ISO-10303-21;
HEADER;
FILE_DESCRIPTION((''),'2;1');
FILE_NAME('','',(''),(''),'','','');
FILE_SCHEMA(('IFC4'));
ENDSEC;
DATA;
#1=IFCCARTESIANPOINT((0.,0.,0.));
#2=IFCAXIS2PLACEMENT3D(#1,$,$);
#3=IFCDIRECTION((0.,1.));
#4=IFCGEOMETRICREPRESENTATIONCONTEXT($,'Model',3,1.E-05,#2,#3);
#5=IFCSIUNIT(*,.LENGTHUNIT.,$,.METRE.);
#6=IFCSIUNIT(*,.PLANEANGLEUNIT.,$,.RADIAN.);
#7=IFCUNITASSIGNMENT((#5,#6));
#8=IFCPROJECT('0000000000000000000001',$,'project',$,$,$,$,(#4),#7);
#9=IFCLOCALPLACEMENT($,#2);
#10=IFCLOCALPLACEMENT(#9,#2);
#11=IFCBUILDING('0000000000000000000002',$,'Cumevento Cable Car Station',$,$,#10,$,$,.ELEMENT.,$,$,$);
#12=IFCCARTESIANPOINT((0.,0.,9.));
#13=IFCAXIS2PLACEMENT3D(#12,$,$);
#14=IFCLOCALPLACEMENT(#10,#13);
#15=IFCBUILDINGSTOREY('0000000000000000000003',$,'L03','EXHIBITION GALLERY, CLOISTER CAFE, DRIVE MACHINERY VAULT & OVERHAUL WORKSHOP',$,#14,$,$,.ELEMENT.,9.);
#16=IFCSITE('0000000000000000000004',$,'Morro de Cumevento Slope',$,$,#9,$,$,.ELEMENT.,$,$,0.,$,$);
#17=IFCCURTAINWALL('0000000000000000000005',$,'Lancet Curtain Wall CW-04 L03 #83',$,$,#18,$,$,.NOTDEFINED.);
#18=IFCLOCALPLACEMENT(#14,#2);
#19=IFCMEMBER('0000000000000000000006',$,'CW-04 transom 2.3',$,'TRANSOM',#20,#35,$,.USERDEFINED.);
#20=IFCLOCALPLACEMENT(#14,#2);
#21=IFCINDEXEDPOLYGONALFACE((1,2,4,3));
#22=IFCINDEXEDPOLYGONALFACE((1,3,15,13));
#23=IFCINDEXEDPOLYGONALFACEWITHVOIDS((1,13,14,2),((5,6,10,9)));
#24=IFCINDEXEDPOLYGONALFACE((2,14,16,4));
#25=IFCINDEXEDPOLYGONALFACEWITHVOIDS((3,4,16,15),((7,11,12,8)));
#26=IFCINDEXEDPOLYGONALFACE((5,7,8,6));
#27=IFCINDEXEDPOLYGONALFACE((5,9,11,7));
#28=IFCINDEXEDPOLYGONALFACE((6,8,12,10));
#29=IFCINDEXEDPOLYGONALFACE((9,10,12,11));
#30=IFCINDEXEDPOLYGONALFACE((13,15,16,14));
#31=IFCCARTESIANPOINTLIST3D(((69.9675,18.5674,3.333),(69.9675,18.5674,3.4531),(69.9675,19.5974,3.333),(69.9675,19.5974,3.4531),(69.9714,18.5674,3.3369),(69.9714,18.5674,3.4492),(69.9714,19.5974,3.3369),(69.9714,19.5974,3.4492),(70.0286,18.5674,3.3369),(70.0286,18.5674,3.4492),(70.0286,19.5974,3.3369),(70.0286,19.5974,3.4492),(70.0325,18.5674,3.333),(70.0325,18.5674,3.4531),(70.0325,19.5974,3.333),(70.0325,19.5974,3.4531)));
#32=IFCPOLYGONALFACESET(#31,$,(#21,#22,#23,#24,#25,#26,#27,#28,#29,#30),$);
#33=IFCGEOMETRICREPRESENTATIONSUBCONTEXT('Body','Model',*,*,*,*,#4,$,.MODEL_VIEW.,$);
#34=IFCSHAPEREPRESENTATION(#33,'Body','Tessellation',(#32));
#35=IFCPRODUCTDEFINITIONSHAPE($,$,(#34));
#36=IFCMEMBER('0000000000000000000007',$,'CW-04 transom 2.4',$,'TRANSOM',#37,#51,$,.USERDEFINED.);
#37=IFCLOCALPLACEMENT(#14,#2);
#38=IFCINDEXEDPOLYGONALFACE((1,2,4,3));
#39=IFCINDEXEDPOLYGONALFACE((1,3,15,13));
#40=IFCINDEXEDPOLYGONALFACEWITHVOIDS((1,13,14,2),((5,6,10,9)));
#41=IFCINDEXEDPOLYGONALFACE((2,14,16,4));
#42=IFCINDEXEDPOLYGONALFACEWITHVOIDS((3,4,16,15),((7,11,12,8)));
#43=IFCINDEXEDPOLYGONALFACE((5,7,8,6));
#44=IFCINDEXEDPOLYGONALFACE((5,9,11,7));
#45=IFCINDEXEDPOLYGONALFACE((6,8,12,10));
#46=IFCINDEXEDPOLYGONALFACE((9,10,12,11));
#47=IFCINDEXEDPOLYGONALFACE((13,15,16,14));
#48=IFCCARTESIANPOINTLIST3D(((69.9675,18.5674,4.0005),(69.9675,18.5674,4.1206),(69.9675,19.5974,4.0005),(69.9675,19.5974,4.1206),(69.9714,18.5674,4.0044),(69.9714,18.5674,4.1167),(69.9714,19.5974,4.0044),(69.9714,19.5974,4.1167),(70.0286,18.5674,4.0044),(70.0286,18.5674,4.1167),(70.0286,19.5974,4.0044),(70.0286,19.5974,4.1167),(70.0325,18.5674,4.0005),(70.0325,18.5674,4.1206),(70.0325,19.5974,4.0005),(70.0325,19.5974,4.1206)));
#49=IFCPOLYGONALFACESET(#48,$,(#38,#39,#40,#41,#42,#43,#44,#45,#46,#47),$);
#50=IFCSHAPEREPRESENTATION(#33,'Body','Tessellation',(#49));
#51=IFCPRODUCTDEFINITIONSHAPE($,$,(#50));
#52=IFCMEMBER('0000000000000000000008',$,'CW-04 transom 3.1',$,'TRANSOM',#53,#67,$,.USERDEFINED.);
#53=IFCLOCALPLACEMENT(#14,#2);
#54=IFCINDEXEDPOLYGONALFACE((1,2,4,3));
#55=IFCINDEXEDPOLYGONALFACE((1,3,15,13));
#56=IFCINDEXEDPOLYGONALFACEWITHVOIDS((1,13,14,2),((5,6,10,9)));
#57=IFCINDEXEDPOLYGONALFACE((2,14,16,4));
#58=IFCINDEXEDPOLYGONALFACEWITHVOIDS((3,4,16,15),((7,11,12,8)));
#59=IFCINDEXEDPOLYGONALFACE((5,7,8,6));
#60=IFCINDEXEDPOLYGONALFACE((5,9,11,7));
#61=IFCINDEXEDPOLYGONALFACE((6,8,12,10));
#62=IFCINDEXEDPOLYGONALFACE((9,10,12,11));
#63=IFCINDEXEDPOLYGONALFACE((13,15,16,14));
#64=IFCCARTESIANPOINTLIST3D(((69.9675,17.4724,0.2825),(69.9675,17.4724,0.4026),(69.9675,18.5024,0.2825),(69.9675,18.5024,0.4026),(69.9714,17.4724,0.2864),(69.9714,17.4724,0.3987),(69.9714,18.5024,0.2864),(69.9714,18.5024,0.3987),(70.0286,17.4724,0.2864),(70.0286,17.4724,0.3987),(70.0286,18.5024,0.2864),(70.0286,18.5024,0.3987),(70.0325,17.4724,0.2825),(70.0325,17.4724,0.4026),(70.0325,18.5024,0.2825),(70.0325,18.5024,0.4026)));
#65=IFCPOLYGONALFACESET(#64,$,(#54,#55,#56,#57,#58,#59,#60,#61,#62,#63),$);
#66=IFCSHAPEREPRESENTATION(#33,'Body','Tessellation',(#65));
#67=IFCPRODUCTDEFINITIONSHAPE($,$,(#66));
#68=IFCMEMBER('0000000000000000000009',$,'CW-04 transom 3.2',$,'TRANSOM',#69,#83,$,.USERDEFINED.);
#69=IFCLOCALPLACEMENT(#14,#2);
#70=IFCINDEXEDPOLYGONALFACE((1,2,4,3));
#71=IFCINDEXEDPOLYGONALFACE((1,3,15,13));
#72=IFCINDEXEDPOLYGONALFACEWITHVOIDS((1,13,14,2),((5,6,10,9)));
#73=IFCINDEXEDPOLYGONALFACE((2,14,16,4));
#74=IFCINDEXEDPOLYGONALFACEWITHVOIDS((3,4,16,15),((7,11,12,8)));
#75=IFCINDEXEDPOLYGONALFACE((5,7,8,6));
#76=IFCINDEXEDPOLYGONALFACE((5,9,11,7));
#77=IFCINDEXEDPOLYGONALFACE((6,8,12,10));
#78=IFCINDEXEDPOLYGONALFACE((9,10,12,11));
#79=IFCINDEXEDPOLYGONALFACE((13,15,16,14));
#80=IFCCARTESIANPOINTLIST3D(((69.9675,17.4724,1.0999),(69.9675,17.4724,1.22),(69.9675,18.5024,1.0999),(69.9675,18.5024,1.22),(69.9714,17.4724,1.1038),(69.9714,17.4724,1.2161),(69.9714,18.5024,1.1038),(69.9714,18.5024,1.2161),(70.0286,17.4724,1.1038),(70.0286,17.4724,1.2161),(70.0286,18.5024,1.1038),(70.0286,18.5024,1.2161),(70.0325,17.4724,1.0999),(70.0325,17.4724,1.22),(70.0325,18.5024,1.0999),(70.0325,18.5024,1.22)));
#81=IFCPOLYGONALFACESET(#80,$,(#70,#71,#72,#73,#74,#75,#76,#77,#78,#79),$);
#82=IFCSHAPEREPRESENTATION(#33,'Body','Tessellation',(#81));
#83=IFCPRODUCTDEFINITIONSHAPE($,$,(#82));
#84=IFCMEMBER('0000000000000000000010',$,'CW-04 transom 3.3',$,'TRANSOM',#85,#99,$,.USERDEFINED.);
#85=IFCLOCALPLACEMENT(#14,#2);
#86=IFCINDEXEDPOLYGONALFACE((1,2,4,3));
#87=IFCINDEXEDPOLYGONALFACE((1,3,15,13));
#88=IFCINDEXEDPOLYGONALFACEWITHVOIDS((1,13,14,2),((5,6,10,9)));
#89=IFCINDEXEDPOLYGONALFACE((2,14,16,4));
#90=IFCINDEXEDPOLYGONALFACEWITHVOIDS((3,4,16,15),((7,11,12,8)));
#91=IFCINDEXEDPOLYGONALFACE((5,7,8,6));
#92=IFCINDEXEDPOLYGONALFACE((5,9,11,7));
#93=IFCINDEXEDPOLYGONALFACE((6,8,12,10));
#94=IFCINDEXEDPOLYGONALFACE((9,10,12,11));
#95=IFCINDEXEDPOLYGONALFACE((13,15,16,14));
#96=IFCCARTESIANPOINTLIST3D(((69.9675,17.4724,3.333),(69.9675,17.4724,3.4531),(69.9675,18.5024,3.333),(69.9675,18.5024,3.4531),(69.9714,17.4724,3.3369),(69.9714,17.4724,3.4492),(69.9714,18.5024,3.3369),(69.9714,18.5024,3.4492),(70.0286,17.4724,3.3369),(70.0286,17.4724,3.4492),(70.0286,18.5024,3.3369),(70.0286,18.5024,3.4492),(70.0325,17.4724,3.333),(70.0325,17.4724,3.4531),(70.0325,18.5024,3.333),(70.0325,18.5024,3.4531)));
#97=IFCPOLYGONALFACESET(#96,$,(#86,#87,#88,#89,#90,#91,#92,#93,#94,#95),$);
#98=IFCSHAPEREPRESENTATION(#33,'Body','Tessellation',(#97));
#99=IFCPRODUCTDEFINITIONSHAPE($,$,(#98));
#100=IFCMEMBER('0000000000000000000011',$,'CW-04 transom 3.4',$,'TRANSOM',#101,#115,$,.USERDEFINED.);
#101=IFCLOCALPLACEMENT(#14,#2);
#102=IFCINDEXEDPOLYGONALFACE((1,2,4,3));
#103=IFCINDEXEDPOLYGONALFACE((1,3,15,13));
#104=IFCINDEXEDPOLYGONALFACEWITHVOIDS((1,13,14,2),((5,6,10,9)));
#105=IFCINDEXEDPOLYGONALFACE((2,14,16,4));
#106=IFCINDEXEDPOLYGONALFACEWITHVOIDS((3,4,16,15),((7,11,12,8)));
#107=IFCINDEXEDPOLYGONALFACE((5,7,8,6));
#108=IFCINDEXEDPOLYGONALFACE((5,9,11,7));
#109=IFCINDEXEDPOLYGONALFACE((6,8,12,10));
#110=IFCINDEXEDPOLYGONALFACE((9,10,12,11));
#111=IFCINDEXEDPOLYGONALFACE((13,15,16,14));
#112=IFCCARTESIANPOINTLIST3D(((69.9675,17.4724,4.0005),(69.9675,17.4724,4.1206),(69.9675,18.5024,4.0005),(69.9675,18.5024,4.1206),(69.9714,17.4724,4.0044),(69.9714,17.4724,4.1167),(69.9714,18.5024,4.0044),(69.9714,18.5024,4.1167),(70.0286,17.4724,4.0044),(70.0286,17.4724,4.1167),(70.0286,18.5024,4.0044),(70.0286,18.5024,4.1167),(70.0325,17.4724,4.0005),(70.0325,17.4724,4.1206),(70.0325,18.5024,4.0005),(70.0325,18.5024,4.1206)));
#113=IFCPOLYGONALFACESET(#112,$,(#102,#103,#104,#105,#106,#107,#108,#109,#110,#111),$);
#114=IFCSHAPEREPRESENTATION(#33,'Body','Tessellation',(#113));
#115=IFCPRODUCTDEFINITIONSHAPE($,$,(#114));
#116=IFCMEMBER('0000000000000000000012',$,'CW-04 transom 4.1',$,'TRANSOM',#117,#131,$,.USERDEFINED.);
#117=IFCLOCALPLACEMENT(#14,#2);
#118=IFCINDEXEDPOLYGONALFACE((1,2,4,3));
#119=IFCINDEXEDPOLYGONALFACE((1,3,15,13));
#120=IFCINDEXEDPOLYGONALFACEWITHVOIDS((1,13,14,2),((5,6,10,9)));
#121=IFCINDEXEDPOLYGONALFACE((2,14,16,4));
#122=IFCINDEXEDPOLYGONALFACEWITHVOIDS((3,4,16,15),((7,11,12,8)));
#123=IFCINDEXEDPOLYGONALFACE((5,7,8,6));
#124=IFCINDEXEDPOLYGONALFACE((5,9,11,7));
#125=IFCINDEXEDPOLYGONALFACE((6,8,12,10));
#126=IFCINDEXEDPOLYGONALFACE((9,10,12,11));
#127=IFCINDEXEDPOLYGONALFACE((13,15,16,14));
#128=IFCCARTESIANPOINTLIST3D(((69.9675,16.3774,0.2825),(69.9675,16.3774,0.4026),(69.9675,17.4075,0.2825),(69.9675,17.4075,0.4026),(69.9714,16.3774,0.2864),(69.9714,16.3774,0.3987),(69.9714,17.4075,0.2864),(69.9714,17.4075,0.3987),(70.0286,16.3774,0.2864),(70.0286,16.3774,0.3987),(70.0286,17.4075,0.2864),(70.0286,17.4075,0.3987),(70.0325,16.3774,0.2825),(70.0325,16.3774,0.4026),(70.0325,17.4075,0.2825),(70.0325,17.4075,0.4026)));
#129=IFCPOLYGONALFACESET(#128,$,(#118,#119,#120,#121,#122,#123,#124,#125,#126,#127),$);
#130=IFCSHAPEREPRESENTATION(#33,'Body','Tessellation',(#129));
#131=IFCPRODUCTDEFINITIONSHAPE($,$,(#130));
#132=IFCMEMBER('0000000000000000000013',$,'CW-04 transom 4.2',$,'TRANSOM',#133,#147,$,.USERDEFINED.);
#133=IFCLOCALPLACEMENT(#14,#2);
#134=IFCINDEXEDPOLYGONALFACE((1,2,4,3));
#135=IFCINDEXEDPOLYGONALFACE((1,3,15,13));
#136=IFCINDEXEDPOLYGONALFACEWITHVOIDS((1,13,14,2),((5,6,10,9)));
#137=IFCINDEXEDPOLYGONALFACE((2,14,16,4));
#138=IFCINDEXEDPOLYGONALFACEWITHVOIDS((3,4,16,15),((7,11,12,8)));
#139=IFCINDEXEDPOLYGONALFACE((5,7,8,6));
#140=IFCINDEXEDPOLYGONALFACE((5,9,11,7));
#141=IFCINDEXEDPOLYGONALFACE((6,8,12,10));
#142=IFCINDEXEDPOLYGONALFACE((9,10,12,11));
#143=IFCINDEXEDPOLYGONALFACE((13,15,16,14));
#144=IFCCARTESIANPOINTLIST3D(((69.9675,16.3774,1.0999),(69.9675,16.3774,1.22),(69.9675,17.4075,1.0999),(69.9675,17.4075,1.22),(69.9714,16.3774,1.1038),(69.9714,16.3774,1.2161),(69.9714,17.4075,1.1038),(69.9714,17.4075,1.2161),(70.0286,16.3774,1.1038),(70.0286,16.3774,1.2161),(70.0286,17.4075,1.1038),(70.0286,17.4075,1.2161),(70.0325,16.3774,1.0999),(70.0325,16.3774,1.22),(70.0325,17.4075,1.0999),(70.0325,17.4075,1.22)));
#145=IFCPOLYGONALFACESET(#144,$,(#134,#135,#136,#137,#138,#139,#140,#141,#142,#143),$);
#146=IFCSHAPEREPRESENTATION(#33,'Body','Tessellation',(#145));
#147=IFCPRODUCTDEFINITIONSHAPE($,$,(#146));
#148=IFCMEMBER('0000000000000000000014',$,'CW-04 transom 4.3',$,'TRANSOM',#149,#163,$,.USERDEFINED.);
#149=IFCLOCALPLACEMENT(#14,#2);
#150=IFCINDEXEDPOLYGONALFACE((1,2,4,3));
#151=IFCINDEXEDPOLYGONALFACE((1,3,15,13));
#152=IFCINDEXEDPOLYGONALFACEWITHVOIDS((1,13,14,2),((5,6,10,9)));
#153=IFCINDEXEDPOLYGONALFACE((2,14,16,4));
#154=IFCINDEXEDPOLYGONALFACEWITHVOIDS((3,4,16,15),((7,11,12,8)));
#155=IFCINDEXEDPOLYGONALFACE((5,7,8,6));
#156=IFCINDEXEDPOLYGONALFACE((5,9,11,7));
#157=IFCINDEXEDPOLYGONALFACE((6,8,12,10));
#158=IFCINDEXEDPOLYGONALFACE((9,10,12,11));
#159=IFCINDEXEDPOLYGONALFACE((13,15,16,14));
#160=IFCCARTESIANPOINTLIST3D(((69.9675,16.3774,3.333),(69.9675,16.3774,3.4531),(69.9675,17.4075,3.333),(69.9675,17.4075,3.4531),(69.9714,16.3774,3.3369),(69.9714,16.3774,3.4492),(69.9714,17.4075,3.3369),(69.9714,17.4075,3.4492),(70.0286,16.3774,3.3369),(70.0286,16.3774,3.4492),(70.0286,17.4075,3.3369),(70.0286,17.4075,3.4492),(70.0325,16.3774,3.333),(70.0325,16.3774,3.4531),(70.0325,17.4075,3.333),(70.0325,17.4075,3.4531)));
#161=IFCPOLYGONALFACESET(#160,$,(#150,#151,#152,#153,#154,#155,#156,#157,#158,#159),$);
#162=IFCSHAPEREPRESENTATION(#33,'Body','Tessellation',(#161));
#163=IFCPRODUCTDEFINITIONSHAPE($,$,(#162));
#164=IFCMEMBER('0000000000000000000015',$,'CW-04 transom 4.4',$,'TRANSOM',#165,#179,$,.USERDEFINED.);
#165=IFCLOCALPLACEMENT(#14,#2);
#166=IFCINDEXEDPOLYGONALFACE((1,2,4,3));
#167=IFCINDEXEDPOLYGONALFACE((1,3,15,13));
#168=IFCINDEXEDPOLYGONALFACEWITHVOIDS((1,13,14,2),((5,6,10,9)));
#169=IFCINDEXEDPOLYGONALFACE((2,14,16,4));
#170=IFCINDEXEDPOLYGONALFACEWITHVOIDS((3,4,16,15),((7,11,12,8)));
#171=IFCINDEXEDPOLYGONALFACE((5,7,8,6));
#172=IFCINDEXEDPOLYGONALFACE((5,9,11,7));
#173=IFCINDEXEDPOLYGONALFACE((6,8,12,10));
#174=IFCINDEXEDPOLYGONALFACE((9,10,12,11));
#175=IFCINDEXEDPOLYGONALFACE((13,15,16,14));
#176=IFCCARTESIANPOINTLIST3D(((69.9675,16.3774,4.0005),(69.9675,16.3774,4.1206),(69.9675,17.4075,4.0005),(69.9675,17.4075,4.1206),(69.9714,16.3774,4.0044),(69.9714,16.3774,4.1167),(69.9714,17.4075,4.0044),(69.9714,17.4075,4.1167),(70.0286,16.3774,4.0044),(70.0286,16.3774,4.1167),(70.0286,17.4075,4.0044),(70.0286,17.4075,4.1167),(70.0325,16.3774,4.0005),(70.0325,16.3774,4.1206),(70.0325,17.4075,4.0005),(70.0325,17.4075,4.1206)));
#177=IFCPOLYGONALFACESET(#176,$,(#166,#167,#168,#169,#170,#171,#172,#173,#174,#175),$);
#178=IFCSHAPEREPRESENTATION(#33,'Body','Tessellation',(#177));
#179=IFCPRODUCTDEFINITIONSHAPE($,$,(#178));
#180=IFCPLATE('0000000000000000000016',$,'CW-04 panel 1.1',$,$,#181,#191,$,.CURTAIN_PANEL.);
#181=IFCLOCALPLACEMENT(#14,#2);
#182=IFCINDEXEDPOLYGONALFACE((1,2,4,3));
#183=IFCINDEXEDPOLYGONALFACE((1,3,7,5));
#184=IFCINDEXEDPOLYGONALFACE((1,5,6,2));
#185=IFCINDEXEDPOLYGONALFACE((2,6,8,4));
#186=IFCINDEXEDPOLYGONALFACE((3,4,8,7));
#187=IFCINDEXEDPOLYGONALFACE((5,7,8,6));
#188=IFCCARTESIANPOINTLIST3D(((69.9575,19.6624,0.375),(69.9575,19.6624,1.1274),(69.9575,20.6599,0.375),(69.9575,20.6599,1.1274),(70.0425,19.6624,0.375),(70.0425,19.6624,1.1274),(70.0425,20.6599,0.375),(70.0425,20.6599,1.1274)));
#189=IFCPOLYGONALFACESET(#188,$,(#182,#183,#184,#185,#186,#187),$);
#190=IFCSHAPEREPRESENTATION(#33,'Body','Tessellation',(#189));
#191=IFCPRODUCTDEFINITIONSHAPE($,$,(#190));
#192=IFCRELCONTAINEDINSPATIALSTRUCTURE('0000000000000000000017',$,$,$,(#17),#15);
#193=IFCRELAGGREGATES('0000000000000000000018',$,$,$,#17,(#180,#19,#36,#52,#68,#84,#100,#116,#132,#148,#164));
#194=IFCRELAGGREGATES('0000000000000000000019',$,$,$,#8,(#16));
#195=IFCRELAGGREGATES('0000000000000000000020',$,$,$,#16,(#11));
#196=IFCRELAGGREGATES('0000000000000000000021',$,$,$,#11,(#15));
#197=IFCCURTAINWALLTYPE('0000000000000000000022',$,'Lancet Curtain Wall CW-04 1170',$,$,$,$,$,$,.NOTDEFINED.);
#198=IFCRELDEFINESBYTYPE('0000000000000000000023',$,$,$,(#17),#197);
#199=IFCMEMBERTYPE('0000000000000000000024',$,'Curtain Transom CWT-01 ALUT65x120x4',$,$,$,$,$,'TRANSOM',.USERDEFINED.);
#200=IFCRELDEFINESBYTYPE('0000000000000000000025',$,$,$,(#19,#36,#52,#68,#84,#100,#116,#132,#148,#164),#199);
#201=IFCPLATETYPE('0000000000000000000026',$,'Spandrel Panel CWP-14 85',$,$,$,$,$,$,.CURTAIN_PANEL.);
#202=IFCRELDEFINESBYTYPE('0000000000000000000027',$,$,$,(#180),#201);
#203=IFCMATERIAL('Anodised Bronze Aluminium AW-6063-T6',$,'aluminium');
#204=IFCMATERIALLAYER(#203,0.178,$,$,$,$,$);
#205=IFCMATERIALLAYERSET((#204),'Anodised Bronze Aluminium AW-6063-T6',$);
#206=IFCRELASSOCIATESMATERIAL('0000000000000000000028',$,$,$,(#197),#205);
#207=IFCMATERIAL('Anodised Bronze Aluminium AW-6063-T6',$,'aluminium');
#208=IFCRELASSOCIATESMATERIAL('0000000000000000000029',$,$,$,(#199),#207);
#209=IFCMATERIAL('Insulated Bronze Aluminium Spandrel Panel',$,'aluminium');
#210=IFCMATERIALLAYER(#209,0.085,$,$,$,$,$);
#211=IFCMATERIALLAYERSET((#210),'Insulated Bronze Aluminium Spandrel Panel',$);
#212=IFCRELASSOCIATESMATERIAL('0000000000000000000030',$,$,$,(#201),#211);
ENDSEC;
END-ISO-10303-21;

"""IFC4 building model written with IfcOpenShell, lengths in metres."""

from ifc_helpers import new_model, si_unit, direction, frame, origin, origin_2d, place, context, subcontext, project, spatial, rectangle, hollow_rectangle, extrude, material, layer, layer_set, material_profile, profile_set, type_object, element, aggregate, save


model = new_model("IFC4")

# Units and contexts
model_context = context("Model", 3, precision=1e-05, world=origin(), true_north=direction((0.0, 1.0)))
body_context = subcontext(model_context, "Body", "Model", "MODEL_VIEW")
ifc_project = project(units=[si_unit("LENGTHUNIT", "METRE"), si_unit("PLANEANGLEUNIT", "RADIAN")], contexts=[model_context])

# Site, building, storey
site_placement = place(None, origin())
site = spatial("IfcSite", under=ifc_project, at=site_placement, Name="Morro de Cumevento Slope", CompositionType="ELEMENT", RefElevation=0.0)
building_placement = place(site_placement, origin())
building = spatial("IfcBuilding", under=site, at=building_placement, Name="Cumevento Cable Car Station", CompositionType="ELEMENT")
storey_placement = place(building_placement, frame((0.0, 0.0, 9.0)))
storey = spatial("IfcBuildingStorey", under=building, at=storey_placement, Name="L03", Description="EXHIBITION GALLERY, CLOISTER CAFE, DRIVE MACHINERY VAULT & OVERHAUL WORKSHOP", CompositionType="ELEMENT", Elevation=9.0)

# Curtain wall, members, plate
ifc_material_1 = material(Name="Anodised Bronze Aluminium AW-6063-T6", Category="aluminium")
ifc_layer_1 = layer(ifc_material_1, 0.178)
ifc_layer_set_1 = layer_set([ifc_layer_1], Name="Anodised Bronze Aluminium AW-6063-T6")
curtain_wall_type = type_object("IfcCurtainWallType", Name="Lancet Curtain Wall CW-04 1170", PredefinedType="NOTDEFINED", material=ifc_layer_set_1)
curtain_wall_placement = place(storey_placement, origin())
curtain_wall = element("IfcCurtainWall", 1, at=curtain_wall_placement, inside=storey, type_object=curtain_wall_type, Name="Lancet Curtain Wall CW-04 L03 #83", PredefinedType="NOTDEFINED")
ifc_material_2 = material(Name="Anodised Bronze Aluminium AW-6063-T6", Category="aluminium")
ifc_material_profile_1 = material_profile(ifc_material_2, hollow_rectangle(XDim=0.0649, YDim=0.1201, WallThickness=0.0039, at=origin_2d()), Name="ALUT65x120x4")
ifc_profile_set_1 = profile_set([ifc_material_profile_1], Name="Anodised Bronze Aluminium AW-6063-T6")
member_type_1 = type_object("IfcMemberType", Name="Curtain Transom CWT-01 ALUT65x120x4", ElementType="TRANSOM", PredefinedType="USERDEFINED", material=ifc_profile_set_1)
member_1_placement = place(storey_placement, frame((70.0, 19.5974, 3.3931), z_axis=(0.0, -1.0, 0.0), x_axis=(1.0, 0.0, 0.0)))
member_1 = element("IfcMember", 2, at=member_1_placement, type_object=member_type_1, Name="CW-04 transom 2.3", ObjectType="TRANSOM", PredefinedType="USERDEFINED", context=body_context, shape_type="SweptSolid", body=[
    extrude(hollow_rectangle(XDim=0.0649, YDim=0.1201, WallThickness=0.0039, at=origin_2d()), origin(), (0.0, 0.0, 1.0), 1.03),
])
member_2_placement = place(storey_placement, frame((70.0, 19.5974, 4.0605), z_axis=(0.0, -1.0, 0.0), x_axis=(1.0, 0.0, 0.0)))
member_2 = element("IfcMember", 3, at=member_2_placement, type_object=member_type_1, Name="CW-04 transom 2.4", ObjectType="TRANSOM", PredefinedType="USERDEFINED", context=body_context, shape_type="SweptSolid", body=[
    extrude(hollow_rectangle(XDim=0.0649, YDim=0.1201, WallThickness=0.0039, at=origin_2d()), origin(), (0.0, 0.0, 1.0), 1.03),
])
member_3_placement = place(storey_placement, frame((70.0, 18.5024, 0.3425), z_axis=(0.0, -1.0, 0.0), x_axis=(1.0, 0.0, 0.0)))
member_3 = element("IfcMember", 4, at=member_3_placement, type_object=member_type_1, Name="CW-04 transom 3.1", ObjectType="TRANSOM", PredefinedType="USERDEFINED", context=body_context, shape_type="SweptSolid", body=[
    extrude(hollow_rectangle(XDim=0.0649, YDim=0.1201, WallThickness=0.0039, at=origin_2d()), origin(), (0.0, 0.0, 1.0), 1.03),
])
member_4_placement = place(storey_placement, frame((70.0, 18.5024, 1.1599), z_axis=(0.0, -1.0, 0.0), x_axis=(1.0, 0.0, 0.0)))
member_4 = element("IfcMember", 5, at=member_4_placement, type_object=member_type_1, Name="CW-04 transom 3.2", ObjectType="TRANSOM", PredefinedType="USERDEFINED", context=body_context, shape_type="SweptSolid", body=[
    extrude(hollow_rectangle(XDim=0.0649, YDim=0.1201, WallThickness=0.0039, at=origin_2d()), origin(), (0.0, 0.0, 1.0), 1.03),
])
member_5_placement = place(storey_placement, frame((70.0, 18.5024, 3.3931), z_axis=(0.0, -1.0, 0.0), x_axis=(1.0, 0.0, 0.0)))
member_5 = element("IfcMember", 6, at=member_5_placement, type_object=member_type_1, Name="CW-04 transom 3.3", ObjectType="TRANSOM", PredefinedType="USERDEFINED", context=body_context, shape_type="SweptSolid", body=[
    extrude(hollow_rectangle(XDim=0.0649, YDim=0.1201, WallThickness=0.0039, at=origin_2d()), origin(), (0.0, 0.0, 1.0), 1.03),
])
member_6_placement = place(storey_placement, frame((70.0, 18.5024, 4.0605), z_axis=(0.0, -1.0, 0.0), x_axis=(1.0, 0.0, 0.0)))
member_6 = element("IfcMember", 7, at=member_6_placement, type_object=member_type_1, Name="CW-04 transom 3.4", ObjectType="TRANSOM", PredefinedType="USERDEFINED", context=body_context, shape_type="SweptSolid", body=[
    extrude(hollow_rectangle(XDim=0.0649, YDim=0.1201, WallThickness=0.0039, at=origin_2d()), origin(), (0.0, 0.0, 1.0), 1.03),
])
member_7_placement = place(storey_placement, frame((70.0, 17.4075, 0.3425), z_axis=(0.0, -1.0, 0.0), x_axis=(1.0, 0.0, 0.0)))
member_7 = element("IfcMember", 8, at=member_7_placement, type_object=member_type_1, Name="CW-04 transom 4.1", ObjectType="TRANSOM", PredefinedType="USERDEFINED", context=body_context, shape_type="SweptSolid", body=[
    extrude(hollow_rectangle(XDim=0.0649, YDim=0.1201, WallThickness=0.0039, at=origin_2d()), origin(), (0.0, 0.0, 1.0), 1.03),
])
member_8_placement = place(storey_placement, frame((70.0, 17.4075, 1.1599), z_axis=(0.0, -1.0, 0.0), x_axis=(1.0, 0.0, 0.0)))
member_8 = element("IfcMember", 9, at=member_8_placement, type_object=member_type_1, Name="CW-04 transom 4.2", ObjectType="TRANSOM", PredefinedType="USERDEFINED", context=body_context, shape_type="SweptSolid", body=[
    extrude(hollow_rectangle(XDim=0.0649, YDim=0.1201, WallThickness=0.0039, at=origin_2d()), origin(), (0.0, 0.0, 1.0), 1.03),
])
member_9_placement = place(storey_placement, frame((70.0, 17.4075, 3.3931), z_axis=(0.0, -1.0, 0.0), x_axis=(1.0, 0.0, 0.0)))
member_9 = element("IfcMember", 10, at=member_9_placement, type_object=member_type_1, Name="CW-04 transom 4.3", ObjectType="TRANSOM", PredefinedType="USERDEFINED", context=body_context, shape_type="SweptSolid", body=[
    extrude(hollow_rectangle(XDim=0.0649, YDim=0.1201, WallThickness=0.0039, at=origin_2d()), origin(), (0.0, 0.0, 1.0), 1.03),
])
member_10_placement = place(storey_placement, frame((70.0, 17.4075, 4.0605), z_axis=(0.0, -1.0, 0.0), x_axis=(1.0, 0.0, 0.0)))
member_10 = element("IfcMember", 11, at=member_10_placement, type_object=member_type_1, Name="CW-04 transom 4.4", ObjectType="TRANSOM", PredefinedType="USERDEFINED", context=body_context, shape_type="SweptSolid", body=[
    extrude(hollow_rectangle(XDim=0.0649, YDim=0.1201, WallThickness=0.0039, at=origin_2d()), origin(), (0.0, 0.0, 1.0), 1.03),
])
ifc_material_3 = material(Name="Insulated Bronze Aluminium Spandrel Panel", Category="aluminium")
ifc_layer_2 = layer(ifc_material_3, 0.085)
ifc_layer_set_2 = layer_set([ifc_layer_2], Name="Insulated Bronze Aluminium Spandrel Panel")
plate_type = type_object("IfcPlateType", Name="Spandrel Panel CWP-14 85", PredefinedType="CURTAIN_PANEL", material=ifc_layer_set_2)
plate_1_placement = place(storey_placement, frame((70.0, 20.1611, 0.375), z_axis=(0.0, 0.0, 1.0), x_axis=(0.0, -1.0, 0.0)))
plate_1 = element("IfcPlate", 12, at=plate_1_placement, type_object=plate_type, Name="CW-04 panel 1.1", PredefinedType="CURTAIN_PANEL", context=body_context, shape_type="SweptSolid", body=[
    extrude(rectangle(XDim=0.9976, YDim=0.085, at=origin_2d()), origin(), (0.0, 0.0, 1.0), 0.7524),
])
aggregate(curtain_wall, [plate_1, member_1, member_2, member_3, member_4, member_5, member_6, member_7, member_8, member_9, member_10])

save(model, "model.ifc")
